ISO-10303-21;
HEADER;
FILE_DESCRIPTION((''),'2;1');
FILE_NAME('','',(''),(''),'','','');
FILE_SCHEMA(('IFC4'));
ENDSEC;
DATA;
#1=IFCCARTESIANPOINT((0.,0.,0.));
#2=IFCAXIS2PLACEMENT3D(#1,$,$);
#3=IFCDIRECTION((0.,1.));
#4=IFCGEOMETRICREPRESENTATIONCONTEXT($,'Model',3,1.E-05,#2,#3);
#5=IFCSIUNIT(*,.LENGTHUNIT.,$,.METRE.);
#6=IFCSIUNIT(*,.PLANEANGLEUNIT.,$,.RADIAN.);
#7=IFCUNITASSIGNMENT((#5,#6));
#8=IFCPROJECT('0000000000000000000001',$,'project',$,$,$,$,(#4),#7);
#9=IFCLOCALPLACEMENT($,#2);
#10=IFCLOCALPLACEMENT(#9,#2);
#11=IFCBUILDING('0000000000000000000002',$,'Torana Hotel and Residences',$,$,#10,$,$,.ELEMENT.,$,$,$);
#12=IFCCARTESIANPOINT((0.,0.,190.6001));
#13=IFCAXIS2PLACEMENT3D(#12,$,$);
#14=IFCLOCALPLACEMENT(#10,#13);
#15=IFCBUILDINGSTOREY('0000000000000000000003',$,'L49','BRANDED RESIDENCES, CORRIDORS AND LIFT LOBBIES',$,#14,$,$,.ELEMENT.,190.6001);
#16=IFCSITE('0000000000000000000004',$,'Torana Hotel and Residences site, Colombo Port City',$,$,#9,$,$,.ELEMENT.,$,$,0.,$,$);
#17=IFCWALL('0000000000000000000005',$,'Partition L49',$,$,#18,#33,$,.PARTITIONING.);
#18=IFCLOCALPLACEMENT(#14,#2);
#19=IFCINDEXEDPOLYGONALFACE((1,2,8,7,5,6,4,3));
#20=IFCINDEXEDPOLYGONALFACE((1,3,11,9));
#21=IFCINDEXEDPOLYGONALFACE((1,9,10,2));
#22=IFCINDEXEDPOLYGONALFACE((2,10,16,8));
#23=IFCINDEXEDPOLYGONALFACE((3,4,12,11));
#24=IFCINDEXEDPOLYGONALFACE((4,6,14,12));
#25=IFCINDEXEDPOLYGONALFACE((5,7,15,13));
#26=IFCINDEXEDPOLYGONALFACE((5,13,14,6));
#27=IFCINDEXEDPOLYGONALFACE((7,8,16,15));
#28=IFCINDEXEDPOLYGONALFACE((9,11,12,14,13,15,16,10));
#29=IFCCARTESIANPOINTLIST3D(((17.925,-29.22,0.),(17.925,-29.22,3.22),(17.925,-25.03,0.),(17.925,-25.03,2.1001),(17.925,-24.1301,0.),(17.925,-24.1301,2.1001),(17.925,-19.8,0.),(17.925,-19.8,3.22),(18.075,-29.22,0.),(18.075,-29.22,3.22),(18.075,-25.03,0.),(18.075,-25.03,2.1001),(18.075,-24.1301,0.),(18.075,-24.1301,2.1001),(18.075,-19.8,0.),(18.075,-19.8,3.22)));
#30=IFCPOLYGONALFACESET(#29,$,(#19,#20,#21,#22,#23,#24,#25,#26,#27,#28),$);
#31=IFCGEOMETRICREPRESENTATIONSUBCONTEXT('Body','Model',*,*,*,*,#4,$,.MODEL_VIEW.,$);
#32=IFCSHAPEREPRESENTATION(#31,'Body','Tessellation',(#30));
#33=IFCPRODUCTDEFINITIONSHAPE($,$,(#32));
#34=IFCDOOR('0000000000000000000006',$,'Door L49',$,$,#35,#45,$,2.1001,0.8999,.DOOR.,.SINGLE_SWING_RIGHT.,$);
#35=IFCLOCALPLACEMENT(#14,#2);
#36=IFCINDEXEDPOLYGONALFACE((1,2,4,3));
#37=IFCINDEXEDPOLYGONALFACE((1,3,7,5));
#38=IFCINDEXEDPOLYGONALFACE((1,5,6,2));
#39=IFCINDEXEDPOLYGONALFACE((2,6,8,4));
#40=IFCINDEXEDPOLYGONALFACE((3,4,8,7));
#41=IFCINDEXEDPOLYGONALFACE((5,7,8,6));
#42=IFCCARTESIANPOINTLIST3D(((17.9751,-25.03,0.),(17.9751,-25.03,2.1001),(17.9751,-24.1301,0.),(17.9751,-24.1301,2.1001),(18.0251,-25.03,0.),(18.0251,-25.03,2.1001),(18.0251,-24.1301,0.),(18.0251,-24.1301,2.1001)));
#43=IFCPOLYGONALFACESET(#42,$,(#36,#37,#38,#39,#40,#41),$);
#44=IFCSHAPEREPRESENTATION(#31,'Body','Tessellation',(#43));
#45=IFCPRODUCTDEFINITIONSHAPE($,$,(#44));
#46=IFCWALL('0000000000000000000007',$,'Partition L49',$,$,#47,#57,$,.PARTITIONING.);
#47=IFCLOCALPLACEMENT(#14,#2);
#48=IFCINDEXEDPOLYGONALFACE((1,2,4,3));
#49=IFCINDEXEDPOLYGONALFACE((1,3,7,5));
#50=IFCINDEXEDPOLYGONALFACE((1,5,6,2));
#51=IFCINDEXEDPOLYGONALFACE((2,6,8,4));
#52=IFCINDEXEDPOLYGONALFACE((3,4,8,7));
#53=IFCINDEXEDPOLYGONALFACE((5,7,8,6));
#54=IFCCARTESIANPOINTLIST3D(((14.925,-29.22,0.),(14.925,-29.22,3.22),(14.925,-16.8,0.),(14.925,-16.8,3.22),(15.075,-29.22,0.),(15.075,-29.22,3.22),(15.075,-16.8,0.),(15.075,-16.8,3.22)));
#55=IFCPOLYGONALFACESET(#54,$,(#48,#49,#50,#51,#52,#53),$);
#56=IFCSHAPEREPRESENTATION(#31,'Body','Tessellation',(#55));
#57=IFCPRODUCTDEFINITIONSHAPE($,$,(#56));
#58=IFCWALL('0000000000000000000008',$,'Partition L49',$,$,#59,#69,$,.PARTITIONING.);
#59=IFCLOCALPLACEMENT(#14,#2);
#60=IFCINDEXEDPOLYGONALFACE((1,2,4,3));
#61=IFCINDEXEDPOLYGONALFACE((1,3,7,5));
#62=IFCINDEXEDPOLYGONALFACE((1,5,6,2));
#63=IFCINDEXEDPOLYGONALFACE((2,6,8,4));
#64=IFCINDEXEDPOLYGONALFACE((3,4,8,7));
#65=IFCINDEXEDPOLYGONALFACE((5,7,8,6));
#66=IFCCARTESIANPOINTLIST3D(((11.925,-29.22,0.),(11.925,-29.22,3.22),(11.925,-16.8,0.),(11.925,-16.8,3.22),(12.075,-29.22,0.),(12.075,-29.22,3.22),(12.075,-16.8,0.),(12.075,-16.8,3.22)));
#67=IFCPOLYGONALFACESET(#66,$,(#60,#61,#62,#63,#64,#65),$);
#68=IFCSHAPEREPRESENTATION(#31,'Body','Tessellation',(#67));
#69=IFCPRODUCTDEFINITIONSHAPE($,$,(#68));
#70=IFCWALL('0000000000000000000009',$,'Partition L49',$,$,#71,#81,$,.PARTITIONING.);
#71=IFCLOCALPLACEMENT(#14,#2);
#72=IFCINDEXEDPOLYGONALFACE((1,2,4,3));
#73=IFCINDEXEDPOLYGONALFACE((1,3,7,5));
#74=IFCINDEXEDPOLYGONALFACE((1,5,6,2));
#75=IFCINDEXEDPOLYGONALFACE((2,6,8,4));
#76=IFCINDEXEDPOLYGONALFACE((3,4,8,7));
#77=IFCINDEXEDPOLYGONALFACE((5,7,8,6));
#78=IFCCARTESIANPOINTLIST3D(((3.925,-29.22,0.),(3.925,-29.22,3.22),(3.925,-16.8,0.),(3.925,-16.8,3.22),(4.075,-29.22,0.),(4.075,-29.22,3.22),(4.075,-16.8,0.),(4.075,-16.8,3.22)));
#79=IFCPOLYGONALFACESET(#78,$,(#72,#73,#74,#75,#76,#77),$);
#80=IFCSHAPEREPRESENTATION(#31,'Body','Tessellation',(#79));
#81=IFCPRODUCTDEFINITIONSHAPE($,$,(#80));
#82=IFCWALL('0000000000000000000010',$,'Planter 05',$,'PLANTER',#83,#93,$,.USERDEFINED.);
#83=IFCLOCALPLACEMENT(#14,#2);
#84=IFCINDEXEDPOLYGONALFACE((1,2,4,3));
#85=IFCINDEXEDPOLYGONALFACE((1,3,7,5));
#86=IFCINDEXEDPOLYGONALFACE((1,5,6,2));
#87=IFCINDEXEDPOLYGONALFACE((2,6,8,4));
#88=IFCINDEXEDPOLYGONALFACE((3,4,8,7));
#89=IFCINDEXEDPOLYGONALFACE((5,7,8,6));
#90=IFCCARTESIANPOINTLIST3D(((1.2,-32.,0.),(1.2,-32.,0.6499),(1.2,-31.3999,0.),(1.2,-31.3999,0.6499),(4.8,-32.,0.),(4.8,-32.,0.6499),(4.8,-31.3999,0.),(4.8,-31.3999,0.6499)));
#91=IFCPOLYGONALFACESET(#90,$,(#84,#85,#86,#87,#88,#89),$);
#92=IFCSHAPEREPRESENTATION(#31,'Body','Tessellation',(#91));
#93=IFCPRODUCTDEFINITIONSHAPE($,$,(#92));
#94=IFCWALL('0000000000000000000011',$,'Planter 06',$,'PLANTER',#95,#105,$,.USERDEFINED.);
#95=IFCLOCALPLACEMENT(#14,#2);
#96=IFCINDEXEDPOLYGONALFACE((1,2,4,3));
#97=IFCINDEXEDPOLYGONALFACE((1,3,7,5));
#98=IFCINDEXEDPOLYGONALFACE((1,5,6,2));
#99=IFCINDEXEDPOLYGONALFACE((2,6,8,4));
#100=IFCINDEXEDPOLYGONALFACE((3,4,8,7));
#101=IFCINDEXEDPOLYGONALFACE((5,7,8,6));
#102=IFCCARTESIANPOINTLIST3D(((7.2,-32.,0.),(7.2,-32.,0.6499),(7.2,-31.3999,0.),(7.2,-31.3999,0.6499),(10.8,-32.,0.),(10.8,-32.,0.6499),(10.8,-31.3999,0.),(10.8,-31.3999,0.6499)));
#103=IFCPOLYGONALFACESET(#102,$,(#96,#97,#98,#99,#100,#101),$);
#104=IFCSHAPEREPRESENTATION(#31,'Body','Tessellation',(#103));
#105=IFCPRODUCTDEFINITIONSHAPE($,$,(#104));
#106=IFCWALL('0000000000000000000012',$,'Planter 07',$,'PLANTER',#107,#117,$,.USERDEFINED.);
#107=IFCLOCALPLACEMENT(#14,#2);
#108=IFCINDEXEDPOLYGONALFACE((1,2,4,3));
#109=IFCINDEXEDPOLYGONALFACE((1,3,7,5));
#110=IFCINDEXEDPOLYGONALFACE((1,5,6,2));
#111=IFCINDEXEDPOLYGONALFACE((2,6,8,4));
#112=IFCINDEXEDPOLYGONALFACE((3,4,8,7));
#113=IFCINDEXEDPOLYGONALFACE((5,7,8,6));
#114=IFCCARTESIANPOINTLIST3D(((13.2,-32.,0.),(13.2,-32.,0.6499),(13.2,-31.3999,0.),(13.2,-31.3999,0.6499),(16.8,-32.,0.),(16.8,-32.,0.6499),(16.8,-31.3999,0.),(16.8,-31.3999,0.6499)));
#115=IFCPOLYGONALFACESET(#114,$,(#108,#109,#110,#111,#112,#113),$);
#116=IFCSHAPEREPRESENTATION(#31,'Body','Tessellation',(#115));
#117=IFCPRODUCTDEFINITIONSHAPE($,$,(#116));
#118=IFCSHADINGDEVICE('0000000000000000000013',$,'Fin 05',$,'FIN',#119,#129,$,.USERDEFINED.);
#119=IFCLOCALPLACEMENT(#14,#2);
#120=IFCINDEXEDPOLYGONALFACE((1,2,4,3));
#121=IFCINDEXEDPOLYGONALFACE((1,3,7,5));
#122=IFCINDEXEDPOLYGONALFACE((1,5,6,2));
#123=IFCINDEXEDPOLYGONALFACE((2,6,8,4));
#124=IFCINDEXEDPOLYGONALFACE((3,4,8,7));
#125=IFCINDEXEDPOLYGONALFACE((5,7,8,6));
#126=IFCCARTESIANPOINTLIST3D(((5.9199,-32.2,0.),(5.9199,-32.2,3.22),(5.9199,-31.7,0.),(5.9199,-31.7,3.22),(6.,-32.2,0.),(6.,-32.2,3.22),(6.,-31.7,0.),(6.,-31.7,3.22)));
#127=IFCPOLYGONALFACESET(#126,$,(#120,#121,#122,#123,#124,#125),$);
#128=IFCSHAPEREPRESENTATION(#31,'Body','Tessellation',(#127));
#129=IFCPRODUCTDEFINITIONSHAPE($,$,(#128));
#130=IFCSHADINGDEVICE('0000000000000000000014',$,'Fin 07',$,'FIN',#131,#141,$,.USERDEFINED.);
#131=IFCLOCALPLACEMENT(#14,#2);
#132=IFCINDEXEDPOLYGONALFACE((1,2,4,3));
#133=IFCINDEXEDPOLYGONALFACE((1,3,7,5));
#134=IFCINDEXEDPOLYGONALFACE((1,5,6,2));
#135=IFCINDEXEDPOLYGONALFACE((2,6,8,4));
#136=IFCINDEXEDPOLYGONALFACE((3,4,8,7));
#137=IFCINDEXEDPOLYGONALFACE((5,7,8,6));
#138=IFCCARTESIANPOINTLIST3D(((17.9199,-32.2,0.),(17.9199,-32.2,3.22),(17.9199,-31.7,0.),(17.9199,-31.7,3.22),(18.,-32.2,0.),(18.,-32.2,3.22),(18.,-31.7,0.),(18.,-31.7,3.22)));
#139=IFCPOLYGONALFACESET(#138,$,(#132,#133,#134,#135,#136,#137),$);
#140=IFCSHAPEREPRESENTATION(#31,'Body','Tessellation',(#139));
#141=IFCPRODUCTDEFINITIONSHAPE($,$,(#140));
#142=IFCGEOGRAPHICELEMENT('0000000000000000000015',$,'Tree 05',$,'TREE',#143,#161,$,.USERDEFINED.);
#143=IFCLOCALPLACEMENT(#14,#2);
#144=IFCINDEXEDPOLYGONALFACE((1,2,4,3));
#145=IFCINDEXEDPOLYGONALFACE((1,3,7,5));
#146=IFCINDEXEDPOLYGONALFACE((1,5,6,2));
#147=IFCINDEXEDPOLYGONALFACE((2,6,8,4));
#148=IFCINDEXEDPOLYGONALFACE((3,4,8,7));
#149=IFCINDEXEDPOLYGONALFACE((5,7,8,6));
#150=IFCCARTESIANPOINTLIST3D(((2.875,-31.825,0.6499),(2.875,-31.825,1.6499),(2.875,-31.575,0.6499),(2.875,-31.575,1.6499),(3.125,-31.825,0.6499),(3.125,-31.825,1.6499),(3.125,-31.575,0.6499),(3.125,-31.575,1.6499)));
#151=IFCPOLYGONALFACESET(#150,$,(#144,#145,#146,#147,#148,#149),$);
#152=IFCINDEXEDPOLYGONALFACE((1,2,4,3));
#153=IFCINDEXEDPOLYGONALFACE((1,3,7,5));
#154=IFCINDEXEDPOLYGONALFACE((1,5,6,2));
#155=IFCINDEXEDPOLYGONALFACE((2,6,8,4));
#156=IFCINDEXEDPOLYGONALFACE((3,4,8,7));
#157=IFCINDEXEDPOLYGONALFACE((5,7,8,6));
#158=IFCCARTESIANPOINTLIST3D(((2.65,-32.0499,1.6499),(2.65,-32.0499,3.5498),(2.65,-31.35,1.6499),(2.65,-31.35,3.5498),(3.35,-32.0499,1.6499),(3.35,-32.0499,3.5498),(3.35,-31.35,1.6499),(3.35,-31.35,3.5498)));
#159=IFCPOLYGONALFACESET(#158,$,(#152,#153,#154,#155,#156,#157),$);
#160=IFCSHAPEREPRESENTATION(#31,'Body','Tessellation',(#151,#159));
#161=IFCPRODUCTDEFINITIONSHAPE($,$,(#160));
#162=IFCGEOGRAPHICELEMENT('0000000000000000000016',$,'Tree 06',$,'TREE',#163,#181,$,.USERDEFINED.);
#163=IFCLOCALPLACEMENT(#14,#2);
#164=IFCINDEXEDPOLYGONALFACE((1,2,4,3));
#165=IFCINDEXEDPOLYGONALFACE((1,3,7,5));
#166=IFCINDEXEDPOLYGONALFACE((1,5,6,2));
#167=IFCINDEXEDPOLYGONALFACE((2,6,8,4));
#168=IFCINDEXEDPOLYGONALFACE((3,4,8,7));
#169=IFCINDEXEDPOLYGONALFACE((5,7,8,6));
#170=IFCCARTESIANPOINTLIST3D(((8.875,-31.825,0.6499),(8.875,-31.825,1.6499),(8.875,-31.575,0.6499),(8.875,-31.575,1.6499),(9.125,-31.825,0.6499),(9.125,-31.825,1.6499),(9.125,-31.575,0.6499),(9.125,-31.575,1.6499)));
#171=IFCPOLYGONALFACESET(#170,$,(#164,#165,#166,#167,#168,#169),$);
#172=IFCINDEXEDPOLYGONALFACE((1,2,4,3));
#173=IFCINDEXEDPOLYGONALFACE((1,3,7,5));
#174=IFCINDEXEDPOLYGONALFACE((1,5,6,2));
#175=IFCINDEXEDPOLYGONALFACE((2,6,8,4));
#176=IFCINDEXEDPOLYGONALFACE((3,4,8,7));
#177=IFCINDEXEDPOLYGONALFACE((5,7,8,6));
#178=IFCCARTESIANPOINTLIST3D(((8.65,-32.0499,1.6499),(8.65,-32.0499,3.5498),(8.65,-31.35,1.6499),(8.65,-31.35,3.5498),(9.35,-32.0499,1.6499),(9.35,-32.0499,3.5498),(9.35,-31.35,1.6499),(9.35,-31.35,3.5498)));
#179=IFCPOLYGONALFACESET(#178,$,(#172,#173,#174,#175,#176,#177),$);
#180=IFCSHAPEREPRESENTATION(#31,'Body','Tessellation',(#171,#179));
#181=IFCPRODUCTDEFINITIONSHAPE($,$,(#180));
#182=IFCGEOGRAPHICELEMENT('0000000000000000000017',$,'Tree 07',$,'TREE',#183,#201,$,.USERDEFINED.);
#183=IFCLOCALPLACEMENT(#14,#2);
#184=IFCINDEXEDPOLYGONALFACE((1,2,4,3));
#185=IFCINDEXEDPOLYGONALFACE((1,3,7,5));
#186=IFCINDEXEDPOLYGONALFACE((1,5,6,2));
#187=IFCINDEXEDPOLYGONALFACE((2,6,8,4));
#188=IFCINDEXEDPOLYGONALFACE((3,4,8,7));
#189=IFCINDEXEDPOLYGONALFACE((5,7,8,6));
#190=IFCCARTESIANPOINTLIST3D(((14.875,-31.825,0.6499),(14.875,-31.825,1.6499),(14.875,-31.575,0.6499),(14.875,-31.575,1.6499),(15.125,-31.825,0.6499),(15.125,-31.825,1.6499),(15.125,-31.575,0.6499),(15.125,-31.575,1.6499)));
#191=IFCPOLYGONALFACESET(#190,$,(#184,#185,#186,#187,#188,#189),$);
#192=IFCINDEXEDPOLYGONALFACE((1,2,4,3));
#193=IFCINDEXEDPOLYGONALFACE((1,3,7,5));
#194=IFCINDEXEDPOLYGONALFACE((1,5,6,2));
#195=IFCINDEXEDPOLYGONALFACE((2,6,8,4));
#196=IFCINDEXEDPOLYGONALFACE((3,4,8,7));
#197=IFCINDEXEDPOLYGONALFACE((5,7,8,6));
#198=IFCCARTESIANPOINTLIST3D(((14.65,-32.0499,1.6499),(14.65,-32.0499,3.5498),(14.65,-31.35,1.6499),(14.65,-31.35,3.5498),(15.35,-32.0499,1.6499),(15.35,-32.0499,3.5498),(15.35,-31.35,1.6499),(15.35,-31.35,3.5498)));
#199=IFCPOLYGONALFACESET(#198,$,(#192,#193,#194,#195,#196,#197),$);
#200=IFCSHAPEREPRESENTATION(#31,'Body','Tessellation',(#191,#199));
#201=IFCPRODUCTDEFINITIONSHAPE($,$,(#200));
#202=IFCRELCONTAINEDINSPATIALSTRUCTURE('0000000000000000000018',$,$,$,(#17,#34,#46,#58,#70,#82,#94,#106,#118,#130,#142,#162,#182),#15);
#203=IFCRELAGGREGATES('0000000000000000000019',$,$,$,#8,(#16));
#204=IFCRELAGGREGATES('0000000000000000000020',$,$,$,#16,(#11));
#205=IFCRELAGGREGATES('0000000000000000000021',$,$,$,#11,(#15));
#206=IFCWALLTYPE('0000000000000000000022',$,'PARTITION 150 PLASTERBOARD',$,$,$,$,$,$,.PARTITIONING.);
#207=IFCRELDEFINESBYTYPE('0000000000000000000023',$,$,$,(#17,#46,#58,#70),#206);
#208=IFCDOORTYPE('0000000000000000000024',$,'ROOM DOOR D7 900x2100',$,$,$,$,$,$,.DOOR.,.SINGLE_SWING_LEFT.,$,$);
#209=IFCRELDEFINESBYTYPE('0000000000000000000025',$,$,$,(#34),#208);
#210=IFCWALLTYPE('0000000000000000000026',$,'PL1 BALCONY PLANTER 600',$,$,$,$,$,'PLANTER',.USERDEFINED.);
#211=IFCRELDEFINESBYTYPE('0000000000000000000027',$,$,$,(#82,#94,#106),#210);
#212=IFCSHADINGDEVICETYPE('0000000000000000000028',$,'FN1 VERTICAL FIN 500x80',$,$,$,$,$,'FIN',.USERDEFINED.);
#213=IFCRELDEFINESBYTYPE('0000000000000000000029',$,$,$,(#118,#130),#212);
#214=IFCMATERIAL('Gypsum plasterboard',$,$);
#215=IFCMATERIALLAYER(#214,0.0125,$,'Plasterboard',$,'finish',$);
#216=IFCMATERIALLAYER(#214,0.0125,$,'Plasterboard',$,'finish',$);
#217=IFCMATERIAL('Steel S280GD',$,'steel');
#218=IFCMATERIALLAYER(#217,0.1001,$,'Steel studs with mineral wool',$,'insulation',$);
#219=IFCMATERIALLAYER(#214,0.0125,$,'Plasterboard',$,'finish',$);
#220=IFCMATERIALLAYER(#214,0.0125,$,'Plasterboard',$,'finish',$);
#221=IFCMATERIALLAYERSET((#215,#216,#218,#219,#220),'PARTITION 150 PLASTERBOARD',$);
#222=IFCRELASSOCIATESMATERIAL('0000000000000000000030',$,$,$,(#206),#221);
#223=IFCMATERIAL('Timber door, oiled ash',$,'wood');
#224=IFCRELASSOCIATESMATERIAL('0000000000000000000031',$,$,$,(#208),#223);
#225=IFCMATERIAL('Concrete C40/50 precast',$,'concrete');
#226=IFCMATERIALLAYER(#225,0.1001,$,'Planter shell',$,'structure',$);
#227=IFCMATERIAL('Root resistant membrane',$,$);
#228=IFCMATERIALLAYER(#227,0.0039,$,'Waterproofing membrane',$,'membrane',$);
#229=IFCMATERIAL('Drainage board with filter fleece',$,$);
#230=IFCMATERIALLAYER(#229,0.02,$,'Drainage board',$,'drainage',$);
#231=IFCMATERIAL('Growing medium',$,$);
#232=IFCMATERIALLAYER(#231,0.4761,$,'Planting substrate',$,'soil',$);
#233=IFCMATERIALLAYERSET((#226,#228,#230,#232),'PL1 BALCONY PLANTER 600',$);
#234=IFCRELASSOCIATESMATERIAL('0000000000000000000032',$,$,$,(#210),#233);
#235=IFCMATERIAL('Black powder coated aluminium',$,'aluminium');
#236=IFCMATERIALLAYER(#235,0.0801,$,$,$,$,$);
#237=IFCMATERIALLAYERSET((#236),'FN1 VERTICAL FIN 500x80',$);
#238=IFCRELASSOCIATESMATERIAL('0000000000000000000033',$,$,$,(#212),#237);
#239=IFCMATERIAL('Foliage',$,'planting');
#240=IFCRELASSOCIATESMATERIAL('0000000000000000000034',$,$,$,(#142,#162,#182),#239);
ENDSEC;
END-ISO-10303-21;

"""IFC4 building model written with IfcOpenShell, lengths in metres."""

from ifc_helpers import new_model, si_unit, direction, frame, frame_2d, origin, origin_2d, place, context, subcontext, project, spatial, rectangle, extrude, material, layer, layer_set, type_object, element, fill, save


model = new_model("IFC4")

# Units and contexts
model_context = context("Model", 3, precision=1e-05, world=origin(), true_north=direction((0.0, 1.0)))
body_context = subcontext(model_context, "Body", "Model", "MODEL_VIEW")
ifc_project = project(units=[si_unit("LENGTHUNIT", "METRE"), si_unit("PLANEANGLEUNIT", "RADIAN")], contexts=[model_context])

# Site, building, storey
site_placement = place(None, origin())
site = spatial("IfcSite", under=ifc_project, at=site_placement, Name="Torana Hotel and Residences site, Colombo Port City", CompositionType="ELEMENT", RefElevation=0.0)
building_placement = place(site_placement, origin())
building = spatial("IfcBuilding", under=site, at=building_placement, Name="Torana Hotel and Residences", CompositionType="ELEMENT")
storey_placement = place(building_placement, frame((0.0, 0.0, 190.6001)))
storey = spatial("IfcBuildingStorey", under=building, at=storey_placement, Name="L49", Description="BRANDED RESIDENCES, CORRIDORS AND LIFT LOBBIES", CompositionType="ELEMENT", Elevation=190.6001)

# Wall, opening, door
ifc_material_1 = material(Name="Gypsum plasterboard")
ifc_layer_1 = layer(ifc_material_1, 0.0125, Name="Plasterboard", Category="finish")
ifc_layer_2 = layer(ifc_material_1, 0.0125, Name="Plasterboard", Category="finish")
ifc_material_2 = material(Name="Steel S280GD", Category="steel")
ifc_layer_3 = layer(ifc_material_2, 0.1001, Name="Steel studs with mineral wool", Category="insulation")
ifc_layer_4 = layer(ifc_material_1, 0.0125, Name="Plasterboard", Category="finish")
ifc_layer_5 = layer(ifc_material_1, 0.0125, Name="Plasterboard", Category="finish")
ifc_layer_set_1 = layer_set([ifc_layer_1, ifc_layer_2, ifc_layer_3, ifc_layer_4, ifc_layer_5], Name="PARTITION 150 PLASTERBOARD")
wall_type_1 = type_object("IfcWallType", Name="PARTITION 150 PLASTERBOARD", PredefinedType="PARTITIONING", material=ifc_layer_set_1)
wall_placement = place(storey_placement, frame((18.0, -29.22, 0.0), z_axis=(0.0, 0.0, 1.0), x_axis=(0.0, 1.0, 0.0)))
wall = element("IfcWall", 1, at=wall_placement, inside=storey, type_object=wall_type_1, Name="Partition L49", PredefinedType="PARTITIONING", context=body_context, shape_type="SweptSolid", body=[
    extrude(rectangle(XDim=9.4199, YDim=0.1499, at=frame_2d((4.71, 0.0))), origin(), (0.0, 0.0, 1.0), 3.22),
])
opening_placement = place(wall_placement, frame((4.1899, 0.0, 0.0)))
opening = element("IfcOpeningElement", 2, at=opening_placement, cuts=wall, PredefinedType="OPENING", context=body_context, shape_type="SweptSolid", body=[
    extrude(rectangle(XDim=0.8999, YDim=2.1001, at=frame_2d((0.45, 1.05))), frame((0.0, 0.085, 0.0), z_axis=(0.0, -1.0, 0.0), x_axis=(1.0, 0.0, 0.0)), (0.0, 0.0, 1.0), 0.1699),
])
ifc_material_3 = material(Name="Timber door, oiled ash", Category="wood")
door_type = type_object("IfcDoorType", Name="ROOM DOOR D7 900x2100", OperationType="SINGLE_SWING_LEFT", PredefinedType="DOOR", material=ifc_material_3)
door_placement = place(opening_placement, origin())
door = element("IfcDoor", 3, at=door_placement, inside=storey, type_object=door_type, Name="Door L49", OperationType="SINGLE_SWING_RIGHT", OverallHeight=2.1001, OverallWidth=0.8999, PredefinedType="DOOR", context=body_context, shape_type="SweptSolid", body=[
    extrude(rectangle(XDim=0.8999, YDim=2.1001, at=frame_2d((0.45, 1.05))), frame((0.0, 0.0249, 0.0), z_axis=(0.0, -1.0, 0.0), x_axis=(1.0, 0.0, 0.0)), (0.0, 0.0, 1.0), 0.05),
])
fill(opening, door)

# Walls
for number, where, z_axis, x_axis, name in (
    (4, (15.0, -29.22, 0.0), (0.0, 0.0, 1.0), (0.0, 1.0, 0.0), "Partition L49"),
    (5, (12.0, -29.22, 0.0), (0.0, 0.0, 1.0), (0.0, 1.0, 0.0), "Partition L49"),
    (6, (4.0, -29.22, 0.0), (0.0, 0.0, 1.0), (0.0, 1.0, 0.0), "Partition L49"),
):
    element("IfcWall", number, at=place(storey_placement, frame(where, z_axis=z_axis, x_axis=x_axis)), inside=storey, type_object=wall_type_1, Name=name, PredefinedType="PARTITIONING", context=body_context, shape_type="SweptSolid", body=[
        extrude(rectangle(XDim=12.4199, YDim=0.1499, at=frame_2d((6.21, 0.0))), origin(), (0.0, 0.0, 1.0), 3.22),
    ])
ifc_material_4 = material(Name="Concrete C40/50 precast", Category="concrete")
ifc_layer_6 = layer(ifc_material_4, 0.1001, Name="Planter shell", Category="structure")
ifc_material_5 = material(Name="Root resistant membrane")
ifc_layer_7 = layer(ifc_material_5, 0.0039, Name="Waterproofing membrane", Category="membrane")
ifc_material_6 = material(Name="Drainage board with filter fleece")
ifc_layer_8 = layer(ifc_material_6, 0.02, Name="Drainage board", Category="drainage")
ifc_material_7 = material(Name="Growing medium")
ifc_layer_9 = layer(ifc_material_7, 0.4761, Name="Planting substrate", Category="soil")
ifc_layer_set_2 = layer_set([ifc_layer_6, ifc_layer_7, ifc_layer_8, ifc_layer_9], Name="PL1 BALCONY PLANTER 600")
wall_type_2 = type_object("IfcWallType", Name="PL1 BALCONY PLANTER 600", ElementType="PLANTER", PredefinedType="USERDEFINED", material=ifc_layer_set_2)
for number, where, z_axis, x_axis, name in (
    (7, (4.8, -31.7, 0.0), (0.0, 0.0, 1.0), (-1.0, 0.0, 0.0), "Planter 05"),
    (8, (10.8, -31.7, 0.0), (0.0, 0.0, 1.0), (-1.0, 0.0, 0.0), "Planter 06"),
    (9, (16.8, -31.7, 0.0), (0.0, 0.0, 1.0), (-1.0, 0.0, 0.0), "Planter 07"),
):
    element("IfcWall", number, at=place(storey_placement, frame(where, z_axis=z_axis, x_axis=x_axis)), inside=storey, type_object=wall_type_2, Name=name, ObjectType="PLANTER", PredefinedType="USERDEFINED", context=body_context, shape_type="SweptSolid", body=[
        extrude(rectangle(XDim=3.6001, YDim=0.6001, at=frame_2d((1.8, 0.0))), origin(), (0.0, 0.0, 1.0), 0.6499),
    ])

# Shading devices
ifc_material_8 = material(Name="Black powder coated aluminium", Category="aluminium")
ifc_layer_10 = layer(ifc_material_8, 0.0801)
ifc_layer_set_3 = layer_set([ifc_layer_10], Name="FN1 VERTICAL FIN 500x80")
shading_device_type = type_object("IfcShadingDeviceType", Name="FN1 VERTICAL FIN 500x80", ElementType="FIN", PredefinedType="USERDEFINED", material=ifc_layer_set_3)
for number, where, z_axis, x_axis, name in (
    (10, (5.96, -31.95, 0.0), (0.0, 0.0, 1.0), (-1.0, 0.0, 0.0), "Fin 05"),
    (11, (17.96, -31.95, 0.0), (0.0, 0.0, 1.0), (-1.0, 0.0, 0.0), "Fin 07"),
):
    element("IfcShadingDevice", number, at=place(storey_placement, frame(where, z_axis=z_axis, x_axis=x_axis)), inside=storey, type_object=shading_device_type, Name=name, ObjectType="FIN", PredefinedType="USERDEFINED", context=body_context, shape_type="SweptSolid", body=[
        extrude(rectangle(XDim=0.0801, YDim=0.5, at=origin_2d()), origin(), (0.0, 0.0, 1.0), 3.22),
    ])

# Geographic elements
ifc_material_9 = material(Name="Foliage", Category="planting")
for number, where, z_axis, x_axis, name in (
    (12, (3.0, -31.7, 0.6499), (0.0, 0.0, 1.0), (1.0, 0.0, 0.0), "Tree 05"),
    (13, (9.0, -31.7, 0.6499), (0.0, 0.0, 1.0), (1.0, 0.0, 0.0), "Tree 06"),
    (14, (15.0, -31.7, 0.6499), (0.0, 0.0, 1.0), (1.0, 0.0, 0.0), "Tree 07"),
):
    element("IfcGeographicElement", number, at=place(storey_placement, frame(where, z_axis=z_axis, x_axis=x_axis)), inside=storey, material=ifc_material_9, Name=name, ObjectType="TREE", PredefinedType="USERDEFINED", context=body_context, shape_type="SweptSolid", body=[
        extrude(rectangle(XDim=0.25, YDim=0.25, at=origin_2d()), origin(), (0.0, 0.0, 1.0), 1.0),
        extrude(rectangle(XDim=0.7, YDim=0.7, at=origin_2d()), frame((0.0, 0.0, 1.0)), (0.0, 0.0, 1.0), 1.8999),
    ])

save(model, "model.ifc")
